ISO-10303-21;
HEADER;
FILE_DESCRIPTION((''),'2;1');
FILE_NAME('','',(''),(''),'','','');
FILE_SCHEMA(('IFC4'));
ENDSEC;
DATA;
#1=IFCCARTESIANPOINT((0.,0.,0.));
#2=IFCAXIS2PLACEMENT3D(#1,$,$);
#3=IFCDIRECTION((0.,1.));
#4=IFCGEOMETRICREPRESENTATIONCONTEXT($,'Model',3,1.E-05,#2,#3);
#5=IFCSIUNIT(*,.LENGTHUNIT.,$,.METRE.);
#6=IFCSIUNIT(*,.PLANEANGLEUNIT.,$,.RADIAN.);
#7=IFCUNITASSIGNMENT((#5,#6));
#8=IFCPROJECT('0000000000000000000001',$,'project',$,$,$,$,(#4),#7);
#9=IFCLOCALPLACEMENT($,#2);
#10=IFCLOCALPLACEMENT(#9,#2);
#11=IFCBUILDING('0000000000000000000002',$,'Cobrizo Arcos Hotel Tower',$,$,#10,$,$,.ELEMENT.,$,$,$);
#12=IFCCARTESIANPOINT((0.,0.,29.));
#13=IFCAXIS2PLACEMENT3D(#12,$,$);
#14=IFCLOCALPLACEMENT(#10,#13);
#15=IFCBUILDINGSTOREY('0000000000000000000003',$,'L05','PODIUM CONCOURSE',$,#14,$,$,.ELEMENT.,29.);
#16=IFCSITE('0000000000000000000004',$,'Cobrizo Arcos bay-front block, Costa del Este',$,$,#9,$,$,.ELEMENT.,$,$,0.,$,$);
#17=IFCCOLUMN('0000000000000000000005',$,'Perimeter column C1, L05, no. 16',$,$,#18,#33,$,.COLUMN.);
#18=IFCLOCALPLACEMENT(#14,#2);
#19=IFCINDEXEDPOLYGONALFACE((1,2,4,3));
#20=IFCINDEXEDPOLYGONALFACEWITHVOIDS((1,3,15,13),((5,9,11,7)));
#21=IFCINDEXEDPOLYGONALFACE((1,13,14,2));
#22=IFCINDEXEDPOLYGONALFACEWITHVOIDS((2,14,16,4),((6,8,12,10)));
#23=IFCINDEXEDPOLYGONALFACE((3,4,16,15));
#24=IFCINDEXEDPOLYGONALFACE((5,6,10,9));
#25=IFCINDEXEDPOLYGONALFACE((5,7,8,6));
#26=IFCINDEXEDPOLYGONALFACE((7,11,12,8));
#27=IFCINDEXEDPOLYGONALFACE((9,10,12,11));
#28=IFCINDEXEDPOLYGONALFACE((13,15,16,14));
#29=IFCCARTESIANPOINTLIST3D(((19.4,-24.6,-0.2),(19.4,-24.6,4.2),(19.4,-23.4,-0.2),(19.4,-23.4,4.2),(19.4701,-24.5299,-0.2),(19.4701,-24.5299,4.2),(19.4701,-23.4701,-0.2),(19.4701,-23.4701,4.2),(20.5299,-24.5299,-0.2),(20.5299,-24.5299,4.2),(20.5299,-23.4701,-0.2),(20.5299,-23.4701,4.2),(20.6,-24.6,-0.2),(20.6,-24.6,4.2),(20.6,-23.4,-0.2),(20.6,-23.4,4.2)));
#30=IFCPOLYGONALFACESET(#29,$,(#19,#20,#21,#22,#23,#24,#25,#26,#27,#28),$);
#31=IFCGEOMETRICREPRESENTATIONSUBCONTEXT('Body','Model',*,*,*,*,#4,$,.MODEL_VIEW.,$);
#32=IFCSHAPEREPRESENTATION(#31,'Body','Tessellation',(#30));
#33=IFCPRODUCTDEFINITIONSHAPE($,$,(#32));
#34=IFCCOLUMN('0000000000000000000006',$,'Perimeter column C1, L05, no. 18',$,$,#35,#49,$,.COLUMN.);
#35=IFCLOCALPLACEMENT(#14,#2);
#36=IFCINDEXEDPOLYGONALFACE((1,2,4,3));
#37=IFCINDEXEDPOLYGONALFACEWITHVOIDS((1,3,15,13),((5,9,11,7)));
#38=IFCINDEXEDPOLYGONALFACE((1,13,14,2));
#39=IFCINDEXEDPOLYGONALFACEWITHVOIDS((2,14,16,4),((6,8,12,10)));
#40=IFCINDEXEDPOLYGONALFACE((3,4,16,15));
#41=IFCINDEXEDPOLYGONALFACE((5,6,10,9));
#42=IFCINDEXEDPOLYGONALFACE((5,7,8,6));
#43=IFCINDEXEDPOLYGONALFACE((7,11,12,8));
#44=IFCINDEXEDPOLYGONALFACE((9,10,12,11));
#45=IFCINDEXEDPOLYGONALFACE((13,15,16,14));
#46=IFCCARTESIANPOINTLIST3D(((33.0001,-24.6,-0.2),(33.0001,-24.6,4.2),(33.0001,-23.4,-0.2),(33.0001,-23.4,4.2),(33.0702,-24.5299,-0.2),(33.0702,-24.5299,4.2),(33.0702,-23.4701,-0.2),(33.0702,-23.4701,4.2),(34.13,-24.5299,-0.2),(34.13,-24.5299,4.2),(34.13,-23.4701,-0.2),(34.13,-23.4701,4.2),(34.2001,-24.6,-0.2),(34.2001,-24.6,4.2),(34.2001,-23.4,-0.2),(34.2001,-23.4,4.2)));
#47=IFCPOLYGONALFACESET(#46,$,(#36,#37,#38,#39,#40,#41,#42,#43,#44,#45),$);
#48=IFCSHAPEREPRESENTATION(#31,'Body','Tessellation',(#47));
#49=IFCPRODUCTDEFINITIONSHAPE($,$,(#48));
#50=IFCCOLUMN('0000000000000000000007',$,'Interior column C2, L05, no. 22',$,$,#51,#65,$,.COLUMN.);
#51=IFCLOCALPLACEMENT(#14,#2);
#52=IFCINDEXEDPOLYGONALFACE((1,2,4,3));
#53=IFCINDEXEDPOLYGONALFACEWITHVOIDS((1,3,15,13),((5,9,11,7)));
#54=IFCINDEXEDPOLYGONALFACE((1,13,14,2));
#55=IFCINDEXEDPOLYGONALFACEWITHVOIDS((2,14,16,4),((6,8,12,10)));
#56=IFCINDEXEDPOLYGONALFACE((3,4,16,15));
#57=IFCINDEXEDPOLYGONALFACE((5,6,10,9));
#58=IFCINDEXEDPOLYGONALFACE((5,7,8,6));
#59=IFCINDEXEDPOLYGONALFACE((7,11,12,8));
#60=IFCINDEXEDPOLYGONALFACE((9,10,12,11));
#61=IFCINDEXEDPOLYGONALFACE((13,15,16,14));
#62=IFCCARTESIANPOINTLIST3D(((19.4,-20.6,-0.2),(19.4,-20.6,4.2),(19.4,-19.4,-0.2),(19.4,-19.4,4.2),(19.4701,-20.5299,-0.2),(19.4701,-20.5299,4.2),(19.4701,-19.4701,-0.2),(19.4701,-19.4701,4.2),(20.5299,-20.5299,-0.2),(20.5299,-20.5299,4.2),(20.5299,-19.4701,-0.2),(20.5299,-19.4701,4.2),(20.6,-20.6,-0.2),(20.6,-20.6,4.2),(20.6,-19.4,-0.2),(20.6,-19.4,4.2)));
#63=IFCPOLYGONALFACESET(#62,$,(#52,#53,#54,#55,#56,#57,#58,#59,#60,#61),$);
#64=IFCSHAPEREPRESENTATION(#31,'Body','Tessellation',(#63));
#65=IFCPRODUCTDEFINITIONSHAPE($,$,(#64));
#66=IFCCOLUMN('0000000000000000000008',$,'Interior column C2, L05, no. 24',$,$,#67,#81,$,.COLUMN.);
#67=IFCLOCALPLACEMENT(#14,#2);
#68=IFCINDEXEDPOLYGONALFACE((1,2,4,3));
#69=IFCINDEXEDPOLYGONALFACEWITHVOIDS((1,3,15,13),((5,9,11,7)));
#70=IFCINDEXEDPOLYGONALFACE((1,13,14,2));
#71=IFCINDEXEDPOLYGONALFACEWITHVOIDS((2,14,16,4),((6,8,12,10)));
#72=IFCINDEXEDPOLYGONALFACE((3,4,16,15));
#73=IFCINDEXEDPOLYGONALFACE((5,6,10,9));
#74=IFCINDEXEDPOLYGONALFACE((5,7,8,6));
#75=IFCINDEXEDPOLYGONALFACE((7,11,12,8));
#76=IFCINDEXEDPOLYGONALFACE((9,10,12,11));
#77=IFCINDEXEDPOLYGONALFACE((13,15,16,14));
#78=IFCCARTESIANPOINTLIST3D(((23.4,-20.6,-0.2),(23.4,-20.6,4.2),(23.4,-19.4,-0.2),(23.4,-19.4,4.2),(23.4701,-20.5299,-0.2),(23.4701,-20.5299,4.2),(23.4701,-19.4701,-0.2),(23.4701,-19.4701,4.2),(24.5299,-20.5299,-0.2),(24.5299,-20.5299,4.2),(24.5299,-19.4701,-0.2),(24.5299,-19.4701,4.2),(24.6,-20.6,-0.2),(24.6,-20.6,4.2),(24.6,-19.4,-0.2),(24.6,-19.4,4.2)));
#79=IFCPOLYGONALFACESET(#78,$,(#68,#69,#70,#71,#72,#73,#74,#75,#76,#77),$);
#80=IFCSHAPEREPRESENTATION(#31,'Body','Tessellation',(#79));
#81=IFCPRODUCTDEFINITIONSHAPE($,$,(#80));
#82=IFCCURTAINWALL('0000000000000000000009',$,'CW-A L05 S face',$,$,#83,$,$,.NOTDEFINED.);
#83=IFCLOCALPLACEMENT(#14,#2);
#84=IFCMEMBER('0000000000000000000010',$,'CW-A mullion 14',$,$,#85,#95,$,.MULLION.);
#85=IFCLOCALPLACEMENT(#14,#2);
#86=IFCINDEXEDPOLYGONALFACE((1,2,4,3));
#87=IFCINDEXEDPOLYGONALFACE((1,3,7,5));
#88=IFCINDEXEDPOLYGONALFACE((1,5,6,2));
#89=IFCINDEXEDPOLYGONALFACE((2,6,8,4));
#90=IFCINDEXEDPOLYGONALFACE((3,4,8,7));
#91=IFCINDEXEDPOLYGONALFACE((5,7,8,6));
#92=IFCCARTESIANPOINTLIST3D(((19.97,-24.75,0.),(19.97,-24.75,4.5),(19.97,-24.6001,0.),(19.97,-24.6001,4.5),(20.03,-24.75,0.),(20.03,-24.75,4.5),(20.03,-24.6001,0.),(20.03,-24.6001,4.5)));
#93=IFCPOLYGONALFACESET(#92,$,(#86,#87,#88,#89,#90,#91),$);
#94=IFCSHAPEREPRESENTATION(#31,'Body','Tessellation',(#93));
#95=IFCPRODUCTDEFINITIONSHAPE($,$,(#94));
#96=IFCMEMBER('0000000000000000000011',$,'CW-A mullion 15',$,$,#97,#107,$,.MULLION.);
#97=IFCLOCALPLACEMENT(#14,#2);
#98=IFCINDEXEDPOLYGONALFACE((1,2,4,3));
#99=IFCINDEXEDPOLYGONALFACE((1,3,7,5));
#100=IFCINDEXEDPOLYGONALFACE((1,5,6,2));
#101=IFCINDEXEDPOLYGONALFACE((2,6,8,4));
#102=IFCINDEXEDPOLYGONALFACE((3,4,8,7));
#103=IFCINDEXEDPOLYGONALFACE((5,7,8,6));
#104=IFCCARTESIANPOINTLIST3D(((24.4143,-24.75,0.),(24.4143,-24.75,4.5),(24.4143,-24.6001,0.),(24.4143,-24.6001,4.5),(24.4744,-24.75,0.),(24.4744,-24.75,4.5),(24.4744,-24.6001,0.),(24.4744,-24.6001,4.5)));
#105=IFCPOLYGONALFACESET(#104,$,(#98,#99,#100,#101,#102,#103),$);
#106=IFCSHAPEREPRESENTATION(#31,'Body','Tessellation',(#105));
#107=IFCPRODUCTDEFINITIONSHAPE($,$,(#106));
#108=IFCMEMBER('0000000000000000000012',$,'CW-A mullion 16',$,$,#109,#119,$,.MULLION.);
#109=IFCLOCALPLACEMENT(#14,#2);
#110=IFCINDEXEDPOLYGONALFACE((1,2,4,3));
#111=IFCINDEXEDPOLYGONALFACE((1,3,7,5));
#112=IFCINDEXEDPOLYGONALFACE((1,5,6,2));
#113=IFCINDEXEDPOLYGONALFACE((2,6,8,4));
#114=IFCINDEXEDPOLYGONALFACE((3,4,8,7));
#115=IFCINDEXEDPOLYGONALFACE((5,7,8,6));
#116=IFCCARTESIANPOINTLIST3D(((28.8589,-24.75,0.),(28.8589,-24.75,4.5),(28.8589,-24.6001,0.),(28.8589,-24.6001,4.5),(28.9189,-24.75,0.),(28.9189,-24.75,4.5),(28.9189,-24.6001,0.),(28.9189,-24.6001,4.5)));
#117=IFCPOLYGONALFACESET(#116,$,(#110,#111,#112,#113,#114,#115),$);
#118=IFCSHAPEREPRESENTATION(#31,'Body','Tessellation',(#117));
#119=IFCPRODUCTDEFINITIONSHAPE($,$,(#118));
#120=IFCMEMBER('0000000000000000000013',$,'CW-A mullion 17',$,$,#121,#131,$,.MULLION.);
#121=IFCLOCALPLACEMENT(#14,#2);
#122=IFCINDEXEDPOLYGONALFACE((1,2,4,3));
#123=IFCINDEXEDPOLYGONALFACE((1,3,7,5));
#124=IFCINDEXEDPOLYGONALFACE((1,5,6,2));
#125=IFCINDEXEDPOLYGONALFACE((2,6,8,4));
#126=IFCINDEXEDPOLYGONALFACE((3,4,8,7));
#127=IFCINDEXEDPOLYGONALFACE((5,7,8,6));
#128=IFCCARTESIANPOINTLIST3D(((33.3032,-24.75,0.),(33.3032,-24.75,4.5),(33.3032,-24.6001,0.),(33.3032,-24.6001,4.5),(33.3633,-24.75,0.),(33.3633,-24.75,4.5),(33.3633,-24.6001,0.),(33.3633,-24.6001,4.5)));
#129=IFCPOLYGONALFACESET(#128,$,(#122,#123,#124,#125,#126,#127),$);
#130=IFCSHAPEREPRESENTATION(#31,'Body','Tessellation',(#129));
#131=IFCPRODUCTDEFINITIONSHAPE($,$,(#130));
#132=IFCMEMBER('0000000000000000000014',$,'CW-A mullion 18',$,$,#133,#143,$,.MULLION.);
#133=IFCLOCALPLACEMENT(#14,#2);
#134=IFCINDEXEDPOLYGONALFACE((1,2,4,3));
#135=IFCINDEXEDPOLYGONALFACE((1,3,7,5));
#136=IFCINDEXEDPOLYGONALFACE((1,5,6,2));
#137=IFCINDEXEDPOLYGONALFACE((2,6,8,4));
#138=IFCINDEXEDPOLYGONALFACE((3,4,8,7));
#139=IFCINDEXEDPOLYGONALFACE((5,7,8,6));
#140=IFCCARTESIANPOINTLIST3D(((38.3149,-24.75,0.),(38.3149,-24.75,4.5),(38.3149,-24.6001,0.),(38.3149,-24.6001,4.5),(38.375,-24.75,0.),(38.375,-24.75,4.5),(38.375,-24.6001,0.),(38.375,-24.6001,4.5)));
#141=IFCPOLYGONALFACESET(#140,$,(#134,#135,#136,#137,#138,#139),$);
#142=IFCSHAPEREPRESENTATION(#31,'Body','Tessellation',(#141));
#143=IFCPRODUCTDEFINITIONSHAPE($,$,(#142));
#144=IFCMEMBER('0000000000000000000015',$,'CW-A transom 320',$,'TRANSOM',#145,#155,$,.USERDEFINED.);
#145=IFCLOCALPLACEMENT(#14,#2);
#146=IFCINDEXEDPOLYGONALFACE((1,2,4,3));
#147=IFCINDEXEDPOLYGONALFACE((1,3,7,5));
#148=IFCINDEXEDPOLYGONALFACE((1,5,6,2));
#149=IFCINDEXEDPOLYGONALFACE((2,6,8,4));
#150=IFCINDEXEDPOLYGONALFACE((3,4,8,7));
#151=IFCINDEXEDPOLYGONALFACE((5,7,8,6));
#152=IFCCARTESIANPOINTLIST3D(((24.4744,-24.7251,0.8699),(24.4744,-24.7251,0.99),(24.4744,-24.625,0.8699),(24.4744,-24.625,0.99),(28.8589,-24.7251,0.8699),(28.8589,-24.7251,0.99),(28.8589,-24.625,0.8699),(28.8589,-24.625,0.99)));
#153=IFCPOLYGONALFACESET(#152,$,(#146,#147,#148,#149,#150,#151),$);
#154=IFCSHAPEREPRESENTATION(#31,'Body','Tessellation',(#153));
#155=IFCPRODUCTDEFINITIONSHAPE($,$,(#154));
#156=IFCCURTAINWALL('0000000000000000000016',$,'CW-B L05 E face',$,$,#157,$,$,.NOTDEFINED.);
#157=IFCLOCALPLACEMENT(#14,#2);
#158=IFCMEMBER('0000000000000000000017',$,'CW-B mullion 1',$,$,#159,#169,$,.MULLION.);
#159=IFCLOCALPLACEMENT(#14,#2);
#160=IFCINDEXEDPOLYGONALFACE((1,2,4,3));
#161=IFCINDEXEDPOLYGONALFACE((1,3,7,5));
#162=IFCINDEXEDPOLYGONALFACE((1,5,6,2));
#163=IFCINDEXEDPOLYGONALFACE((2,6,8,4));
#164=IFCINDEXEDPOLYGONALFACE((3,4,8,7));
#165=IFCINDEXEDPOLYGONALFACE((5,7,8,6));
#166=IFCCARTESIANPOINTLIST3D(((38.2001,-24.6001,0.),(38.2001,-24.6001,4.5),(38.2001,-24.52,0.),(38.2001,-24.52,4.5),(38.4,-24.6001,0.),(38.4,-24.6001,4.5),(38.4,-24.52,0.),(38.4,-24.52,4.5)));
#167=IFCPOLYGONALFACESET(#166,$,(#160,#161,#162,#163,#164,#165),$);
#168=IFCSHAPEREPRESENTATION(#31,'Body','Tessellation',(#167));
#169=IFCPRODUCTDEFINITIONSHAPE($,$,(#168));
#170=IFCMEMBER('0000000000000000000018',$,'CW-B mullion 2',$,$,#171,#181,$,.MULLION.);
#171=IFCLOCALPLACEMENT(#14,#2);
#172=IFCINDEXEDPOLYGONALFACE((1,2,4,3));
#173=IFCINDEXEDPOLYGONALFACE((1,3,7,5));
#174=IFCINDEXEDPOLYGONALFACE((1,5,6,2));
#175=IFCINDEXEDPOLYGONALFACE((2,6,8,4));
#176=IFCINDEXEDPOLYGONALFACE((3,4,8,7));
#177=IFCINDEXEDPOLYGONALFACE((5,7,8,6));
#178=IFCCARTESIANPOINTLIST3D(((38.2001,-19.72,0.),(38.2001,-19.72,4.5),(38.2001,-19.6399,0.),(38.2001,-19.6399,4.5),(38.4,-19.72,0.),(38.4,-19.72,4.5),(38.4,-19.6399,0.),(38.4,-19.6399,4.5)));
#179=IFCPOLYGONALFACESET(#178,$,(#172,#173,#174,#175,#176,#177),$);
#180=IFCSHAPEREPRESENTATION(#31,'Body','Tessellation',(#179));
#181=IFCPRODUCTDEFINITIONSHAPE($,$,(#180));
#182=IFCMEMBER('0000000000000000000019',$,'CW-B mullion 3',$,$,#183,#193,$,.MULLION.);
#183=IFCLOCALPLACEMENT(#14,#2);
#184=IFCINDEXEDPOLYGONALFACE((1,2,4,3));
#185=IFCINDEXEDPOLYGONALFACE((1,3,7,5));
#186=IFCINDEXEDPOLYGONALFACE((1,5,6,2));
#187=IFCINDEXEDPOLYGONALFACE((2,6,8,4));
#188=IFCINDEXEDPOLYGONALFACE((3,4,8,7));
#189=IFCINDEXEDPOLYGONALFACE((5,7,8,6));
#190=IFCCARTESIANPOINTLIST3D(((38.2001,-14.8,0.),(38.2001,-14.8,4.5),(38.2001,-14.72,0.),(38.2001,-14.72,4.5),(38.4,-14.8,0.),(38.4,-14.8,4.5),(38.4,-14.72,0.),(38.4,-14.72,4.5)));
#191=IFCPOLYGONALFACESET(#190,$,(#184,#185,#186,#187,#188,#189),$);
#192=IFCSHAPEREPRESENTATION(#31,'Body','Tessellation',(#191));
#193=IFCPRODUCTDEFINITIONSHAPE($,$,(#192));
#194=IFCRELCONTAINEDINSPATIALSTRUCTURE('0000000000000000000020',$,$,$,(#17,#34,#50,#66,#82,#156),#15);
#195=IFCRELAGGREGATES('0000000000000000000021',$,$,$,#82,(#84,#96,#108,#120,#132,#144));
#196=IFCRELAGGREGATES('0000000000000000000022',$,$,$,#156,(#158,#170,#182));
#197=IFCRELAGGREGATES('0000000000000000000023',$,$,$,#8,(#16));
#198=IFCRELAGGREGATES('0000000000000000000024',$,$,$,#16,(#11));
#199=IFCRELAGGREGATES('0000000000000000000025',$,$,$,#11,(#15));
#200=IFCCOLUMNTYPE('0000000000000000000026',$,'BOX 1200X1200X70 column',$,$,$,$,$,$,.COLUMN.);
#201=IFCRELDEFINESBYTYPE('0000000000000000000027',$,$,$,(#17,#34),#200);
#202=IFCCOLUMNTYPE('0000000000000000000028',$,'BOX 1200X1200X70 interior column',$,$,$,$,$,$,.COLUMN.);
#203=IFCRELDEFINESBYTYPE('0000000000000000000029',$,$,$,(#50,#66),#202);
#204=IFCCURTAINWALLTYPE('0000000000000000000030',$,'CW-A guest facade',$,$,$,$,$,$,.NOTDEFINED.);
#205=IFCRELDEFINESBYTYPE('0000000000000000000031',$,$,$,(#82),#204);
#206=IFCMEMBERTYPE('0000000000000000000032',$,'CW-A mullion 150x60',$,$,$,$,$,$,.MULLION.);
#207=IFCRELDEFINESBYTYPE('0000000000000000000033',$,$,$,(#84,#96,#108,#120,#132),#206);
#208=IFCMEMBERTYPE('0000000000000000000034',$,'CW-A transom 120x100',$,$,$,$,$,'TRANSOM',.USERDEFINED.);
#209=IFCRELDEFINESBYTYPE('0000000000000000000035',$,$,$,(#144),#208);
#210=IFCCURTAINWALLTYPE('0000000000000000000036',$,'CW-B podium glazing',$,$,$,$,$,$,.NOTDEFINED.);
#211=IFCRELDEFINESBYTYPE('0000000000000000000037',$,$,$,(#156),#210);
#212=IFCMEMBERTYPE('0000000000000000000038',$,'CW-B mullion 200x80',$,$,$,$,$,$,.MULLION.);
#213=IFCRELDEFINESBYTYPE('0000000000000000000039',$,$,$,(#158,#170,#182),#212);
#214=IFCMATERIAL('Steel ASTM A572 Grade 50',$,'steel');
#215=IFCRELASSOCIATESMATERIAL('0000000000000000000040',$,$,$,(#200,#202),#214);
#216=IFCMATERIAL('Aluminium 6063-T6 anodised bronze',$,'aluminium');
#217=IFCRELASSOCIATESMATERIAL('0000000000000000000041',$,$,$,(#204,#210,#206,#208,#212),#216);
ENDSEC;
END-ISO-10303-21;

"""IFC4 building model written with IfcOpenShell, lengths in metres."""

from ifc_helpers import new_model, si_unit, direction, frame, origin, origin_2d, place, context, subcontext, project, spatial, rectangle, hollow_rectangle, extrude, material, material_profile, profile_set, type_object, element, aggregate, save


model = new_model("IFC4")

# Units and contexts
model_context = context("Model", 3, precision=1e-05, world=origin(), true_north=direction((0.0, 1.0)))
body_context = subcontext(model_context, "Body", "Model", "MODEL_VIEW")
ifc_project = project(units=[si_unit("LENGTHUNIT", "METRE"), si_unit("PLANEANGLEUNIT", "RADIAN")], contexts=[model_context])

# Site, building, storey
site_placement = place(None, origin())
site = spatial("IfcSite", under=ifc_project, at=site_placement, Name="Cobrizo Arcos bay-front block, Costa del Este", CompositionType="ELEMENT", RefElevation=0.0)
building_placement = place(site_placement, origin())
building = spatial("IfcBuilding", under=site, at=building_placement, Name="Cobrizo Arcos Hotel Tower", CompositionType="ELEMENT")
storey_placement = place(building_placement, frame((0.0, 0.0, 29.0)))
storey = spatial("IfcBuildingStorey", under=building, at=storey_placement, Name="L05", Description="PODIUM CONCOURSE", CompositionType="ELEMENT", Elevation=29.0)

# Columns
ifc_material_1 = material(Name="Steel ASTM A572 Grade 50", Category="steel")
ifc_material_profile_1 = material_profile(ifc_material_1, hollow_rectangle(XDim=1.2, YDim=1.2, WallThickness=0.0701, at=origin_2d()), Name="BOX 1200X1200X70")
ifc_profile_set_1 = profile_set([ifc_material_profile_1], Name="Steel ASTM A572 Grade 50")
column_type_1 = type_object("IfcColumnType", Name="BOX 1200X1200X70 column", PredefinedType="COLUMN", material=ifc_profile_set_1)
for number, where, z_axis, x_axis, name in (
    (1, (20.0, -24.0, -0.2), (0.0, 0.0, 1.0), (1.0, 0.0, 0.0), "Perimeter column C1, L05, no. 16"),
    (2, (33.6001, -24.0, -0.2), (0.0, 0.0, 1.0), (1.0, 0.0, 0.0), "Perimeter column C1, L05, no. 18"),
):
    element("IfcColumn", number, at=place(storey_placement, frame(where, z_axis=z_axis, x_axis=x_axis)), inside=storey, type_object=column_type_1, Name=name, PredefinedType="COLUMN", context=body_context, shape_type="SweptSolid", body=[
        extrude(hollow_rectangle(XDim=1.2, YDim=1.2, WallThickness=0.0701, at=origin_2d()), origin(), (0.0, 0.0, 1.0), 4.3999),
    ])
ifc_material_profile_2 = material_profile(ifc_material_1, hollow_rectangle(XDim=1.2, YDim=1.2, WallThickness=0.0701, at=origin_2d()), Name="BOX 1200X1200X70")
ifc_profile_set_2 = profile_set([ifc_material_profile_2], Name="Steel ASTM A572 Grade 50")
column_type_2 = type_object("IfcColumnType", Name="BOX 1200X1200X70 interior column", PredefinedType="COLUMN", material=ifc_profile_set_2)
for number, where, z_axis, x_axis, name in (
    (3, (20.0, -20.0, -0.2), (0.0, 0.0, 1.0), (1.0, 0.0, 0.0), "Interior column C2, L05, no. 22"),
    (4, (24.0, -20.0, -0.2), (0.0, 0.0, 1.0), (1.0, 0.0, 0.0), "Interior column C2, L05, no. 24"),
):
    element("IfcColumn", number, at=place(storey_placement, frame(where, z_axis=z_axis, x_axis=x_axis)), inside=storey, type_object=column_type_2, Name=name, PredefinedType="COLUMN", context=body_context, shape_type="SweptSolid", body=[
        extrude(hollow_rectangle(XDim=1.2, YDim=1.2, WallThickness=0.0701, at=origin_2d()), origin(), (0.0, 0.0, 1.0), 4.3999),
    ])

# Curtain walls, members
ifc_material_2 = material(Name="Aluminium 6063-T6 anodised bronze", Category="aluminium")
curtain_wall_type_1 = type_object("IfcCurtainWallType", Name="CW-A guest facade", PredefinedType="NOTDEFINED", material=ifc_material_2)
curtain_wall_1_placement = place(storey_placement, origin())
curtain_wall_1 = element("IfcCurtainWall", 5, at=curtain_wall_1_placement, inside=storey, type_object=curtain_wall_type_1, Name="CW-A L05 S face", PredefinedType="NOTDEFINED")
ifc_material_profile_3 = material_profile(ifc_material_2, rectangle(XDim=0.1499, YDim=0.0601, at=origin_2d()), Name="CW-A mullion 150x60")
ifc_profile_set_3 = profile_set([ifc_material_profile_3], Name="Aluminium 6063-T6 anodised bronze")
member_type_1 = type_object("IfcMemberType", Name="CW-A mullion 150x60", PredefinedType="MULLION", material=ifc_profile_set_3)
member_1_placement = place(storey_placement, frame((20.0, -24.675, 0.0), z_axis=(0.0, 0.0, 1.0), x_axis=(0.0, -1.0, 0.0)))
member_1 = element("IfcMember", 6, at=member_1_placement, type_object=member_type_1, Name="CW-A mullion 14", PredefinedType="MULLION", context=body_context, shape_type="SweptSolid", body=[
    extrude(rectangle(XDim=0.1499, YDim=0.0601, at=origin_2d()), origin(), (0.0, 0.0, 1.0), 4.5),
])
member_2_placement = place(storey_placement, frame((24.4443, -24.675, 0.0), z_axis=(0.0, 0.0, 1.0), x_axis=(0.0, -1.0, 0.0)))
member_2 = element("IfcMember", 7, at=member_2_placement, type_object=member_type_1, Name="CW-A mullion 15", PredefinedType="MULLION", context=body_context, shape_type="SweptSolid", body=[
    extrude(rectangle(XDim=0.1499, YDim=0.0601, at=origin_2d()), origin(), (0.0, 0.0, 1.0), 4.5),
])
member_3_placement = place(storey_placement, frame((28.8889, -24.675, 0.0), z_axis=(0.0, 0.0, 1.0), x_axis=(0.0, -1.0, 0.0)))
member_3 = element("IfcMember", 8, at=member_3_placement, type_object=member_type_1, Name="CW-A mullion 16", PredefinedType="MULLION", context=body_context, shape_type="SweptSolid", body=[
    extrude(rectangle(XDim=0.1499, YDim=0.0601, at=origin_2d()), origin(), (0.0, 0.0, 1.0), 4.5),
])
member_4_placement = place(storey_placement, frame((33.3333, -24.675, 0.0), z_axis=(0.0, 0.0, 1.0), x_axis=(0.0, -1.0, 0.0)))
member_4 = element("IfcMember", 9, at=member_4_placement, type_object=member_type_1, Name="CW-A mullion 17", PredefinedType="MULLION", context=body_context, shape_type="SweptSolid", body=[
    extrude(rectangle(XDim=0.1499, YDim=0.0601, at=origin_2d()), origin(), (0.0, 0.0, 1.0), 4.5),
])
member_5_placement = place(storey_placement, frame((38.345, -24.675, 0.0), z_axis=(0.0, 0.0, 1.0), x_axis=(0.0, -1.0, 0.0)))
member_5 = element("IfcMember", 10, at=member_5_placement, type_object=member_type_1, Name="CW-A mullion 18", PredefinedType="MULLION", context=body_context, shape_type="SweptSolid", body=[
    extrude(rectangle(XDim=0.1499, YDim=0.0601, at=origin_2d()), origin(), (0.0, 0.0, 1.0), 4.5),
])
ifc_material_profile_4 = material_profile(ifc_material_2, rectangle(XDim=0.1001, YDim=0.1201, at=origin_2d()), Name="CW-A transom 120x100")
ifc_profile_set_4 = profile_set([ifc_material_profile_4], Name="Aluminium 6063-T6 anodised bronze")
member_type_2 = type_object("IfcMemberType", Name="CW-A transom 120x100", ElementType="TRANSOM", PredefinedType="USERDEFINED", material=ifc_profile_set_4)
member_6_placement = place(storey_placement, frame((24.4744, -24.675, 0.9299), z_axis=(1.0, 0.0, 0.0), x_axis=(0.0, 1.0, 0.0)))
member_6 = element("IfcMember", 11, at=member_6_placement, type_object=member_type_2, Name="CW-A transom 320", ObjectType="TRANSOM", PredefinedType="USERDEFINED", context=body_context, shape_type="SweptSolid", body=[
    extrude(rectangle(XDim=0.1001, YDim=0.1201, at=origin_2d()), origin(), (0.0, 0.0, 1.0), 4.3845),
])
curtain_wall_type_2 = type_object("IfcCurtainWallType", Name="CW-B podium glazing", PredefinedType="NOTDEFINED", material=ifc_material_2)
curtain_wall_2_placement = place(storey_placement, origin())
curtain_wall_2 = element("IfcCurtainWall", 12, at=curtain_wall_2_placement, inside=storey, type_object=curtain_wall_type_2, Name="CW-B L05 E face", PredefinedType="NOTDEFINED")
ifc_material_profile_5 = material_profile(ifc_material_2, rectangle(XDim=0.2, YDim=0.0801, at=origin_2d()), Name="CW-B mullion 200x80")
ifc_profile_set_5 = profile_set([ifc_material_profile_5], Name="Aluminium 6063-T6 anodised bronze")
member_type_3 = type_object("IfcMemberType", Name="CW-B mullion 200x80", PredefinedType="MULLION", material=ifc_profile_set_5)
member_7_placement = place(storey_placement, frame((38.3, -24.5601, 0.0), z_axis=(0.0, 0.0, 1.0), x_axis=(1.0, 0.0, 0.0)))
member_7 = element("IfcMember", 13, at=member_7_placement, type_object=member_type_3, Name="CW-B mullion 1", PredefinedType="MULLION", context=body_context, shape_type="SweptSolid", body=[
    extrude(rectangle(XDim=0.2, YDim=0.0801, at=origin_2d()), origin(), (0.0, 0.0, 1.0), 4.5),
])
member_8_placement = place(storey_placement, frame((38.3, -19.6799, 0.0), z_axis=(0.0, 0.0, 1.0), x_axis=(1.0, 0.0, 0.0)))
member_8 = element("IfcMember", 14, at=member_8_placement, type_object=member_type_3, Name="CW-B mullion 2", PredefinedType="MULLION", context=body_context, shape_type="SweptSolid", body=[
    extrude(rectangle(XDim=0.2, YDim=0.0801, at=origin_2d()), origin(), (0.0, 0.0, 1.0), 4.5),
])
member_9_placement = place(storey_placement, frame((38.3, -14.76, 0.0), z_axis=(0.0, 0.0, 1.0), x_axis=(1.0, 0.0, 0.0)))
member_9 = element("IfcMember", 15, at=member_9_placement, type_object=member_type_3, Name="CW-B mullion 3", PredefinedType="MULLION", context=body_context, shape_type="SweptSolid", body=[
    extrude(rectangle(XDim=0.2, YDim=0.0801, at=origin_2d()), origin(), (0.0, 0.0, 1.0), 4.5),
])

aggregate(curtain_wall_1, [member_1, member_2, member_3, member_4, member_5, member_6])
aggregate(curtain_wall_2, [member_7, member_8, member_9])

save(model, "model.ifc")
